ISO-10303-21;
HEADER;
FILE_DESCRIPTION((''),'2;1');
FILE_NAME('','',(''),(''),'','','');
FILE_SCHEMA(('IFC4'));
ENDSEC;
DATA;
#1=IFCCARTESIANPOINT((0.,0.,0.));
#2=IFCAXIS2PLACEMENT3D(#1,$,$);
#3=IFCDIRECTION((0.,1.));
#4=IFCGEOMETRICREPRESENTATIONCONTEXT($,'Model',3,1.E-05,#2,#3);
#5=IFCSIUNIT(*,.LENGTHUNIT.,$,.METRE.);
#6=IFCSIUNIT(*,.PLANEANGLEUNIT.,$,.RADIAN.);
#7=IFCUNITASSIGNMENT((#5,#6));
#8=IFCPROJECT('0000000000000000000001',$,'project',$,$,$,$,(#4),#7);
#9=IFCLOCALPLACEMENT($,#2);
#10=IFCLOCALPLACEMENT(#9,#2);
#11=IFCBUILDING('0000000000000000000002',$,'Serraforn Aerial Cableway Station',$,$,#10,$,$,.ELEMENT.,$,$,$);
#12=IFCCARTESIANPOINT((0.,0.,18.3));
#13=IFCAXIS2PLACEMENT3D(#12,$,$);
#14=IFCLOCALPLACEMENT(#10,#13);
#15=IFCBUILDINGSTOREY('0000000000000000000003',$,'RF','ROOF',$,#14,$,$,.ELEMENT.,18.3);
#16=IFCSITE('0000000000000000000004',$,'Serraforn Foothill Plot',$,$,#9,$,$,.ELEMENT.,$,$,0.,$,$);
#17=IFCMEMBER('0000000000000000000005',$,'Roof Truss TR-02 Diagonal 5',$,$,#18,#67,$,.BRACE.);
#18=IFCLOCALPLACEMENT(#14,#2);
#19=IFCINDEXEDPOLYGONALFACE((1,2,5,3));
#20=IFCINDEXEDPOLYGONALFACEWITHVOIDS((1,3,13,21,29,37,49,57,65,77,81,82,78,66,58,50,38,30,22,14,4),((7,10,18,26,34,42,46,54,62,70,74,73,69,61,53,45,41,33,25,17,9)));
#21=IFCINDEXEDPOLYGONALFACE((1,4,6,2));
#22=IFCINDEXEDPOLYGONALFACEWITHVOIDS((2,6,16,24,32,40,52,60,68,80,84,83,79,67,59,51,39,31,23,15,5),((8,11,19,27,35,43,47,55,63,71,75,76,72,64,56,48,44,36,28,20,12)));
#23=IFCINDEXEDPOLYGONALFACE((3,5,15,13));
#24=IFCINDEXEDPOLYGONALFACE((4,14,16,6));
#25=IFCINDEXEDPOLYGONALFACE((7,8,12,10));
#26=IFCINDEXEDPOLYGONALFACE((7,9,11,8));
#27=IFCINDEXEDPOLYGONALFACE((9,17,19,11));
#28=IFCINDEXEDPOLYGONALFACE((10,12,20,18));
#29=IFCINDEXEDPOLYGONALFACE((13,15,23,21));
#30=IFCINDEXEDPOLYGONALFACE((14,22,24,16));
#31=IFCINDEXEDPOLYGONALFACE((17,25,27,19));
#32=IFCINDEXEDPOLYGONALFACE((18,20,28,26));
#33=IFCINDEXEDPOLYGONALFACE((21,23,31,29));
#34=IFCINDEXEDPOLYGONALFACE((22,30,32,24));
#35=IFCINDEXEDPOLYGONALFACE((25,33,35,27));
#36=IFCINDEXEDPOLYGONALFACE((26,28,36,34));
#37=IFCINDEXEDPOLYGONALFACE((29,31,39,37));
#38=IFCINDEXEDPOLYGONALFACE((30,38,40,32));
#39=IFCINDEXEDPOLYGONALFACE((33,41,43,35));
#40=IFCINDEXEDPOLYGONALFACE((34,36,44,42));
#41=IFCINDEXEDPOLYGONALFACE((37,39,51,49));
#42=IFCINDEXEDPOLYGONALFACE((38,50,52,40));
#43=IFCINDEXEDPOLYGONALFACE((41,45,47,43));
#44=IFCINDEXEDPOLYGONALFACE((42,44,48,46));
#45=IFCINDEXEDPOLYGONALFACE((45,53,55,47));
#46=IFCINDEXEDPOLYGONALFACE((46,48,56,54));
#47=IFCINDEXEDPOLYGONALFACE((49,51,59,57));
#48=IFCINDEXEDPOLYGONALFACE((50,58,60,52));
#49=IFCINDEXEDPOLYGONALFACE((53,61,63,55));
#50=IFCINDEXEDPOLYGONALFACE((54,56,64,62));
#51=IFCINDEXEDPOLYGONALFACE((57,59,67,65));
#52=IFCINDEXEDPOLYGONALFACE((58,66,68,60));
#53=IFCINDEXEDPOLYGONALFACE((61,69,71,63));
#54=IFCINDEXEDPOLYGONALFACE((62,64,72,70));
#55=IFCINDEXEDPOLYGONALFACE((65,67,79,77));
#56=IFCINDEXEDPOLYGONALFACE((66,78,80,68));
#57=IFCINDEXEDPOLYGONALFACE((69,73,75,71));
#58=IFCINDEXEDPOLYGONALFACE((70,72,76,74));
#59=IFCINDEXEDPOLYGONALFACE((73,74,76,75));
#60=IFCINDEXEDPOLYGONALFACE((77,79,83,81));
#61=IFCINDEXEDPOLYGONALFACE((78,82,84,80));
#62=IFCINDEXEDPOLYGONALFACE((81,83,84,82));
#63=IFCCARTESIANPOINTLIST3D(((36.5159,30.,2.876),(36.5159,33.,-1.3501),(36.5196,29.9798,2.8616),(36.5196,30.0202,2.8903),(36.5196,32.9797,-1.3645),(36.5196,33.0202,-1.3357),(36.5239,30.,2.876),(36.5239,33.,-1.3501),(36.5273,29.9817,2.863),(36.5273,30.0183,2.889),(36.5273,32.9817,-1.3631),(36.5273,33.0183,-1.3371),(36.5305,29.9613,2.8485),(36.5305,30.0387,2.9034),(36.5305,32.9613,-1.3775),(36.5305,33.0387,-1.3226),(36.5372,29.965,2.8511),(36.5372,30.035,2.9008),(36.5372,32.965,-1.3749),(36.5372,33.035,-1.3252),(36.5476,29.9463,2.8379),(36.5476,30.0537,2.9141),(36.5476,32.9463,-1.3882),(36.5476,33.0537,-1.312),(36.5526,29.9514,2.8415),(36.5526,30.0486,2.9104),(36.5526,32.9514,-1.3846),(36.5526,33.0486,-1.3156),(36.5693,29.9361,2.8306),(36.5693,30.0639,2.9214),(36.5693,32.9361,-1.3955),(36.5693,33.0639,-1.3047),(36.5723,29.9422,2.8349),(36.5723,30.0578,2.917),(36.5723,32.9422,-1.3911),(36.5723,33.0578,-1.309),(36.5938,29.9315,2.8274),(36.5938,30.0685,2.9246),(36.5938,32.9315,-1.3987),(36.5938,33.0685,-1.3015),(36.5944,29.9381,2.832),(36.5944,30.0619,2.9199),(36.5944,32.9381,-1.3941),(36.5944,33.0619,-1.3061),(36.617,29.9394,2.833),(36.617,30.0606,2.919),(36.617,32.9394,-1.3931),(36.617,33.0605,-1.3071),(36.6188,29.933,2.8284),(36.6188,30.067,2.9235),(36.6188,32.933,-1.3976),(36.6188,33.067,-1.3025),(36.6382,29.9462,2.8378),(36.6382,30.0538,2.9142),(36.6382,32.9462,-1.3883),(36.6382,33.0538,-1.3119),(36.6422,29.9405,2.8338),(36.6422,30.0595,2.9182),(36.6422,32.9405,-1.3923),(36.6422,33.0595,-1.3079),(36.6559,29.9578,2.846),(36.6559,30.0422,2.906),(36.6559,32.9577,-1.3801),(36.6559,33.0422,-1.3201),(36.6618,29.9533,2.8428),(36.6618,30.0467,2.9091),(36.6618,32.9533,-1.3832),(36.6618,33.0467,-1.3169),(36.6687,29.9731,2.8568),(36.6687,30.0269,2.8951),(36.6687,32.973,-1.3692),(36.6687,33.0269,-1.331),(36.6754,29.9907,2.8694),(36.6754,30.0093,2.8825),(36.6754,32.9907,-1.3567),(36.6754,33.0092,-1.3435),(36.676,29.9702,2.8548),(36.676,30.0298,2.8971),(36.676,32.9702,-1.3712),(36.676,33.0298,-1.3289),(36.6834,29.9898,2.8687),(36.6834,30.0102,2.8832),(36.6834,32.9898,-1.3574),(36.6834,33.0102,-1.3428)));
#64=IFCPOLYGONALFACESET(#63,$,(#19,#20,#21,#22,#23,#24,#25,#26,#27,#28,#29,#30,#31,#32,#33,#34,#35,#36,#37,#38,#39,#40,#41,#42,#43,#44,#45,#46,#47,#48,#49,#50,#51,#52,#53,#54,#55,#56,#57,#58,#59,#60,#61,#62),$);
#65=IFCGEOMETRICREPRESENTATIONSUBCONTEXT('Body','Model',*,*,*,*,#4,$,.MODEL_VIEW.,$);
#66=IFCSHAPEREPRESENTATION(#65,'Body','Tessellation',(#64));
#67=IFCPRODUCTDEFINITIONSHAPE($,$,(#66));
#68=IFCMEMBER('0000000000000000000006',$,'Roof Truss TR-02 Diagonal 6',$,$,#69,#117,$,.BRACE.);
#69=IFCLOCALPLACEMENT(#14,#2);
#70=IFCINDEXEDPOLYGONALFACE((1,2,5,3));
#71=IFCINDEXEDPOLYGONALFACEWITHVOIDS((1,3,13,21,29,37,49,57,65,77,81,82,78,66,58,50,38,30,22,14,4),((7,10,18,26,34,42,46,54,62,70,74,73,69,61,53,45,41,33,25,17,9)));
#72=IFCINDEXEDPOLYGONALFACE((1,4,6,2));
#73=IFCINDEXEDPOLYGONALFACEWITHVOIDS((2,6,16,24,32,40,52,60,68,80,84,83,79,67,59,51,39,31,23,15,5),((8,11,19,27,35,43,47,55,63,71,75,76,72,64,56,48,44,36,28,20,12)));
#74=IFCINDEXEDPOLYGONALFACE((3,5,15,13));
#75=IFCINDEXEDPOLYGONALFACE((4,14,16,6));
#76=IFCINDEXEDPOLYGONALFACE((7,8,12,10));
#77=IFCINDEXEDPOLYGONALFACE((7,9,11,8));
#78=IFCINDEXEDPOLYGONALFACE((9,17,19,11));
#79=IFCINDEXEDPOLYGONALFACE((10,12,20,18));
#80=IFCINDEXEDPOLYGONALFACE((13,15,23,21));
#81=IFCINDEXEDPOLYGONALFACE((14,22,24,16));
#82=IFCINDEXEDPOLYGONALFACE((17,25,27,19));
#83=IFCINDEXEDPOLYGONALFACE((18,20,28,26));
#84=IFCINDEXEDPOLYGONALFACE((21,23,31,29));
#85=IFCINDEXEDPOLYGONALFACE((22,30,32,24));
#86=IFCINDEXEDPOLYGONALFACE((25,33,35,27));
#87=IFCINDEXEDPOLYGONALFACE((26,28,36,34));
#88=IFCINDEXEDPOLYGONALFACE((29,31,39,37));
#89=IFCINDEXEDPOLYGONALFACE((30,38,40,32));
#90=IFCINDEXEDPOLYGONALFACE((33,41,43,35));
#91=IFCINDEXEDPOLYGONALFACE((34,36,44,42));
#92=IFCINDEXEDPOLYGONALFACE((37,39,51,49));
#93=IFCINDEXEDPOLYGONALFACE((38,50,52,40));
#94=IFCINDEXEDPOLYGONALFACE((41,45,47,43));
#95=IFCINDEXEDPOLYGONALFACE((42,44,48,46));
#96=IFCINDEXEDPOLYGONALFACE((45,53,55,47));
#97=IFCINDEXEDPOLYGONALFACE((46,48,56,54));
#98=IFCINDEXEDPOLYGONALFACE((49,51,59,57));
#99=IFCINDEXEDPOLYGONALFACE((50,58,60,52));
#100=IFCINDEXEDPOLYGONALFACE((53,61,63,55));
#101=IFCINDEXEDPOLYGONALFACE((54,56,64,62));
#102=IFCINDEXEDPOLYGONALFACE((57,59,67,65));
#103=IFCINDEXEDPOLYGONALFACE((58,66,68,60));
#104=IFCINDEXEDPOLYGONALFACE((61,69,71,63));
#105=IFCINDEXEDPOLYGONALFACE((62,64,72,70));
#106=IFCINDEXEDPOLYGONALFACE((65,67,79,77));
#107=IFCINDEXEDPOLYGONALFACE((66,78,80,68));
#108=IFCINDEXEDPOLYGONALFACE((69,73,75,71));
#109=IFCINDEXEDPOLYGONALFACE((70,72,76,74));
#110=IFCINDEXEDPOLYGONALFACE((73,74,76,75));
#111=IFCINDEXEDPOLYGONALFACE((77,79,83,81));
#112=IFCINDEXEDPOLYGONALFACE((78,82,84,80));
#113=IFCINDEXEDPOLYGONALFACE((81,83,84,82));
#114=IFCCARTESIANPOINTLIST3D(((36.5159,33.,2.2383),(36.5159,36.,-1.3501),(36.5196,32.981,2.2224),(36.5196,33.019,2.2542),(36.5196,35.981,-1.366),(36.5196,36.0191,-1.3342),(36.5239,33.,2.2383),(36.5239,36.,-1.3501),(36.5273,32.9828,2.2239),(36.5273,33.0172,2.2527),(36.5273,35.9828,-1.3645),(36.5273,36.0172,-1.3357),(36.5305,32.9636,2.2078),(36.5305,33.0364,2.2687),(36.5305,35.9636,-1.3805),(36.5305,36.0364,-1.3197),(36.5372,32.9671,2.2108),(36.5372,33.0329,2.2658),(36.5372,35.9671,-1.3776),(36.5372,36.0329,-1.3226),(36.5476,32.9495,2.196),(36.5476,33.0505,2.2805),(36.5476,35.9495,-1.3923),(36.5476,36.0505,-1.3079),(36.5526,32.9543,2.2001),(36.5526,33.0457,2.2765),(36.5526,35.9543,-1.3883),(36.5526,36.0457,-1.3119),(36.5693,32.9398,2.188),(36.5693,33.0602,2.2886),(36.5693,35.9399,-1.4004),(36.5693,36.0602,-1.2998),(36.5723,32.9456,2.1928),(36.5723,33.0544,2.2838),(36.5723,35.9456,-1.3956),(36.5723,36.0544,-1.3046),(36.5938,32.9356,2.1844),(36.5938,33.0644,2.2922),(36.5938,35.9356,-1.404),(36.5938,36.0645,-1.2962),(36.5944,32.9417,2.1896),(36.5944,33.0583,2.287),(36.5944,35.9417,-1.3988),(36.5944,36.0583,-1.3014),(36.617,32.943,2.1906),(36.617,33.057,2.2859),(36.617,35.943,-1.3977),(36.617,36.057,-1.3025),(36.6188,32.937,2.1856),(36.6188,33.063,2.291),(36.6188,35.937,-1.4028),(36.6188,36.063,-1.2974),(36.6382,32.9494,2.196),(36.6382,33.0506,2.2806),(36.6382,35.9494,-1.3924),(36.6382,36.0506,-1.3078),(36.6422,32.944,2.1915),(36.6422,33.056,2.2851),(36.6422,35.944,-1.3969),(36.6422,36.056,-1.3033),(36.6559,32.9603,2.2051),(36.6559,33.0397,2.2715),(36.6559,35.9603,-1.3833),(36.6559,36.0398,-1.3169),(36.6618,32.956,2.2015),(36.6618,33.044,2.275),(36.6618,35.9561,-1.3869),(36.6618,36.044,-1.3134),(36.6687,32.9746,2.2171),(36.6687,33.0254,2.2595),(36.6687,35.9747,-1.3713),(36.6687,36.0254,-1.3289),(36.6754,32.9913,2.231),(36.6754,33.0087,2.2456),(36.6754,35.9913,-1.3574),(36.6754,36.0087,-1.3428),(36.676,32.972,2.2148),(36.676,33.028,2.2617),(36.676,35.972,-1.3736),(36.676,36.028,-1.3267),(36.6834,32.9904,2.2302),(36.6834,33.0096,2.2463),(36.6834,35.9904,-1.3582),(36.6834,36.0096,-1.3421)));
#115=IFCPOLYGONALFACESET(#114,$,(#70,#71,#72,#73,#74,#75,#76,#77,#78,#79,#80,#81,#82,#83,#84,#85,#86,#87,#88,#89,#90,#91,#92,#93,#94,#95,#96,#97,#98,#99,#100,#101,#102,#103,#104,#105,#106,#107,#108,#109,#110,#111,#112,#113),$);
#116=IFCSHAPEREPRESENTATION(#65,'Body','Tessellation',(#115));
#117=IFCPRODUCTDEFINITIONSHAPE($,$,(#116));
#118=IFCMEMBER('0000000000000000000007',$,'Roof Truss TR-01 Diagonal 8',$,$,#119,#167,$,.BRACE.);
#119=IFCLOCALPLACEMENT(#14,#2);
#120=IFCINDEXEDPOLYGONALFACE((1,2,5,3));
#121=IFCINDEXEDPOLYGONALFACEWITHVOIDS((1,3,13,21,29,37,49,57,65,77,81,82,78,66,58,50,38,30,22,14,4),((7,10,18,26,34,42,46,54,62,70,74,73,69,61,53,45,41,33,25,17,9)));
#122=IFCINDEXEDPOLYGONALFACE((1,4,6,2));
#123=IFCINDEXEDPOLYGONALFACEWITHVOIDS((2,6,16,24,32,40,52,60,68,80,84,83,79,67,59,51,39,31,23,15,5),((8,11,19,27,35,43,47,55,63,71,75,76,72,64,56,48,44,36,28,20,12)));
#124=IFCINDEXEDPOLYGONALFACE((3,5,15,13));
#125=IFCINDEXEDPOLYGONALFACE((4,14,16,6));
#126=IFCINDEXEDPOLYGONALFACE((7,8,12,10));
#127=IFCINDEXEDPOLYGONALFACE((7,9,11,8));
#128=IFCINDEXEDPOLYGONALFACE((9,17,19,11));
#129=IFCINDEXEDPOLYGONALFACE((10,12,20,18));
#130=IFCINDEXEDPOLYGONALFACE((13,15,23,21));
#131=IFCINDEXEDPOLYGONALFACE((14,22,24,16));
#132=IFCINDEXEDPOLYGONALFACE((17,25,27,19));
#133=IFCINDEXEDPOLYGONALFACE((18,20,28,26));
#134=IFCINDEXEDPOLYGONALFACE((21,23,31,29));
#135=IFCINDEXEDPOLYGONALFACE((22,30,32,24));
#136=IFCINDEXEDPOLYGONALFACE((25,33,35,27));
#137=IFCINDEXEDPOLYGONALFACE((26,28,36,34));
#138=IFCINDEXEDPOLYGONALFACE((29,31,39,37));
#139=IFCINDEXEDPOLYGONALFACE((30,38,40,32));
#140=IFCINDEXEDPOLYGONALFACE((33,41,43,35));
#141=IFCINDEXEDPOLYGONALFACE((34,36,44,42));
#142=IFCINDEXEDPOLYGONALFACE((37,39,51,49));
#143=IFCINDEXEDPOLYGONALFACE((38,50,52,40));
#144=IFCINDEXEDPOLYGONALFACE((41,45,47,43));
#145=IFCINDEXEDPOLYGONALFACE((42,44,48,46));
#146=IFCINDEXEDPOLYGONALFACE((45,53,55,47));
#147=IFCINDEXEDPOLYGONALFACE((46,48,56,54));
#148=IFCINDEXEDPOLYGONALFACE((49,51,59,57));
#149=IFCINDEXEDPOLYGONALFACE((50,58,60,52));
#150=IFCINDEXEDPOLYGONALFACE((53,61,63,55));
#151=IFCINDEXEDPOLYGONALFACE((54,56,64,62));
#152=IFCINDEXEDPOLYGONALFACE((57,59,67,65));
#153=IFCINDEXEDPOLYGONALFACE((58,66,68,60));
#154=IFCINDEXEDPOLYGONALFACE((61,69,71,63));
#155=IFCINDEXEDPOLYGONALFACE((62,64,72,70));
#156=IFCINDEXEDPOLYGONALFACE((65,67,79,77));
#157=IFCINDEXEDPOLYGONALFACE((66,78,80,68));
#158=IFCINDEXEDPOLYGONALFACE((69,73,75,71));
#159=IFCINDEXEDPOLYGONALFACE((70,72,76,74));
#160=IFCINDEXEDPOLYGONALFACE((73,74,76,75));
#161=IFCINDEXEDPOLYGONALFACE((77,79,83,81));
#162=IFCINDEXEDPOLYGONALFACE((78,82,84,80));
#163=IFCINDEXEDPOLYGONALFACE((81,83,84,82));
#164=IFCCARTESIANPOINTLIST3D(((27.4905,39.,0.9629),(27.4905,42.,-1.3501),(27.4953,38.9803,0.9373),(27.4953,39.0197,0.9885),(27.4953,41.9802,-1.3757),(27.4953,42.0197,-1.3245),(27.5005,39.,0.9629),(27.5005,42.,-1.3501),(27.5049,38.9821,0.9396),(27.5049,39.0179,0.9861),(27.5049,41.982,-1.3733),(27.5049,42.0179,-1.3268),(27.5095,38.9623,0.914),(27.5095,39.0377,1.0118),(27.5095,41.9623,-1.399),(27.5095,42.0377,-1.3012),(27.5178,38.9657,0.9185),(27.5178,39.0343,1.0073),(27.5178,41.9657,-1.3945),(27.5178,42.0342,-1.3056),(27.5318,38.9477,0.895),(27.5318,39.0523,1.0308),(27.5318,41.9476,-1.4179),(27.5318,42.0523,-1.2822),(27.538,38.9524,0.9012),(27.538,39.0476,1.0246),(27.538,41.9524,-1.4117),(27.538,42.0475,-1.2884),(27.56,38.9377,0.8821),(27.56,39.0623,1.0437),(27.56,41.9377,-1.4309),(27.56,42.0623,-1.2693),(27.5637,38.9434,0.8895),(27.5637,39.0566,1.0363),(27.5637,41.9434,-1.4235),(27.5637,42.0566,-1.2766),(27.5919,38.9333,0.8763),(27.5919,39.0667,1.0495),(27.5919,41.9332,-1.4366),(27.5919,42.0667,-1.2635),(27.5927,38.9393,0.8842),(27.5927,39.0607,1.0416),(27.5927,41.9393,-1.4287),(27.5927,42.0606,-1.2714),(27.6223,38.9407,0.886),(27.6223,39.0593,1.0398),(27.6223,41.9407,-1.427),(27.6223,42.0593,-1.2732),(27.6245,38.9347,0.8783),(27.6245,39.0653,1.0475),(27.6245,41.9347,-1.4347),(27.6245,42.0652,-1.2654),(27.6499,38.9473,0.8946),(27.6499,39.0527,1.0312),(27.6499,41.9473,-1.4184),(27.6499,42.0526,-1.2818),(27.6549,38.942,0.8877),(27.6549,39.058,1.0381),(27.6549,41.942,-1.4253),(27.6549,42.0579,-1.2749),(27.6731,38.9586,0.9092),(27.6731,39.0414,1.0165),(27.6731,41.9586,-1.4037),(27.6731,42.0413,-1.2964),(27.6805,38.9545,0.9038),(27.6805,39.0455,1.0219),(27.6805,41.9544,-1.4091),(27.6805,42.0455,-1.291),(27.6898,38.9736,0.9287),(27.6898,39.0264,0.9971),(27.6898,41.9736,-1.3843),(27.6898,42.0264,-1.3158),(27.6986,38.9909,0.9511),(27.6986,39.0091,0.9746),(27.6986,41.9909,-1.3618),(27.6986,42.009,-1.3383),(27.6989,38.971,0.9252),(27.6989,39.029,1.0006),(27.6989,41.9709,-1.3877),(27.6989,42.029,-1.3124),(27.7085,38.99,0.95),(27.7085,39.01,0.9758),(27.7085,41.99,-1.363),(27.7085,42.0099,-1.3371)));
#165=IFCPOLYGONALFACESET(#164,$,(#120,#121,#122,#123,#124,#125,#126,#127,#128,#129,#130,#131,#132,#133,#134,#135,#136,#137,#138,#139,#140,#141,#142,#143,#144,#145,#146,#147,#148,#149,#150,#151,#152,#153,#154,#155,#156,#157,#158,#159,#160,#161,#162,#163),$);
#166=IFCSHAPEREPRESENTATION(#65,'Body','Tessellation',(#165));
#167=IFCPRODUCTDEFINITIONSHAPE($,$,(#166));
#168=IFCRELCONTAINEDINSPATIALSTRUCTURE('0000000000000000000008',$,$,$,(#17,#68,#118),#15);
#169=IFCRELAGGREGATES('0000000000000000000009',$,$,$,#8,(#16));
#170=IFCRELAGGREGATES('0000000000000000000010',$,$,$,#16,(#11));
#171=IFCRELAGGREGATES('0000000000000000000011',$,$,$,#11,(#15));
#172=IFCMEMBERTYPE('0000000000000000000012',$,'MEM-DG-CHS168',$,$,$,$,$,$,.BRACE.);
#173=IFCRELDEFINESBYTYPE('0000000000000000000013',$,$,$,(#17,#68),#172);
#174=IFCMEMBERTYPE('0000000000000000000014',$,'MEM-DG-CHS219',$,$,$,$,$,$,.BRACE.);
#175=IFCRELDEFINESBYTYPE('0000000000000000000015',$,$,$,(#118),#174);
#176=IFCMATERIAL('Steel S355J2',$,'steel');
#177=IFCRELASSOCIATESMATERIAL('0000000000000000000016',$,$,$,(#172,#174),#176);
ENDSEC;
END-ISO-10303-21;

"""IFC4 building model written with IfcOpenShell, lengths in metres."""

from ifc_helpers import new_model, si_unit, direction, frame, origin, origin_2d, place, context, subcontext, project, spatial, hollow_circle, extrude, material, material_profile, profile_set, type_object, element, save


model = new_model("IFC4")

# Units and contexts
model_context = context("Model", 3, precision=1e-05, world=origin(), true_north=direction((0.0, 1.0)))
body_context = subcontext(model_context, "Body", "Model", "MODEL_VIEW")
ifc_project = project(units=[si_unit("LENGTHUNIT", "METRE"), si_unit("PLANEANGLEUNIT", "RADIAN")], contexts=[model_context])

# Site, building, storey
site_placement = place(None, origin())
site = spatial("IfcSite", under=ifc_project, at=site_placement, Name="Serraforn Foothill Plot", CompositionType="ELEMENT", RefElevation=0.0)
building_placement = place(site_placement, origin())
building = spatial("IfcBuilding", under=site, at=building_placement, Name="Serraforn Aerial Cableway Station", CompositionType="ELEMENT")
storey_placement = place(building_placement, frame((0.0, 0.0, 18.3)))
storey = spatial("IfcBuildingStorey", under=building, at=storey_placement, Name="RF", Description="ROOF", CompositionType="ELEMENT", Elevation=18.3)

# Members
ifc_material_1 = material(Name="Steel S355J2", Category="steel")
ifc_material_profile_1 = material_profile(ifc_material_1, hollow_circle(Radius=0.0842, WallThickness=0.0081, at=origin_2d()), Name="CHS 168.3x8.0")
ifc_profile_set_1 = profile_set([ifc_material_profile_1], Name="Steel S355J2")
member_type_1 = type_object("IfcMemberType", Name="MEM-DG-CHS168", PredefinedType="BRACE", material=ifc_profile_set_1)
member_1_placement = place(storey_placement, frame((36.6001, 30.0, 2.876), z_axis=(0.0, 0.578856, -0.81543), x_axis=(-1.0, 0.0, 0.0)))
element("IfcMember", 1, at=member_1_placement, inside=storey, type_object=member_type_1, Name="Roof Truss TR-02 Diagonal 5", PredefinedType="BRACE", context=body_context, shape_type="SweptSolid", body=[
    extrude(hollow_circle(Radius=0.0842, WallThickness=0.0081, at=origin_2d()), origin(), (0.0, 0.0, 1.0), 5.1826),
])
member_2_placement = place(storey_placement, frame((36.6001, 33.0, 2.2383), z_axis=(0.0, 0.641406, -0.767202), x_axis=(-1.0, 0.0, 0.0)))
element("IfcMember", 2, at=member_2_placement, inside=storey, type_object=member_type_1, Name="Roof Truss TR-02 Diagonal 6", PredefinedType="BRACE", context=body_context, shape_type="SweptSolid", body=[
    extrude(hollow_circle(Radius=0.0842, WallThickness=0.0081, at=origin_2d()), origin(), (0.0, 0.0, 1.0), 4.6772),
])
ifc_material_profile_2 = material_profile(ifc_material_1, hollow_circle(Radius=0.1096, WallThickness=0.01, at=origin_2d()), Name="CHS 219.1x10.0")
ifc_profile_set_2 = profile_set([ifc_material_profile_2], Name="Steel S355J2")
member_type_2 = type_object("IfcMemberType", Name="MEM-DG-CHS219", PredefinedType="BRACE", material=ifc_profile_set_2)
member_3_placement = place(storey_placement, frame((27.6001, 39.0, 0.9629), z_axis=(0.0, 0.791948, -0.610589), x_axis=(-1.0, 0.0, 0.0)))
element("IfcMember", 3, at=member_3_placement, inside=storey, type_object=member_type_2, Name="Roof Truss TR-01 Diagonal 8", PredefinedType="BRACE", context=body_context, shape_type="SweptSolid", body=[
    extrude(hollow_circle(Radius=0.1096, WallThickness=0.01, at=origin_2d()), origin(), (0.0, 0.0, 1.0), 3.7881),
])

save(model, "model.ifc")
